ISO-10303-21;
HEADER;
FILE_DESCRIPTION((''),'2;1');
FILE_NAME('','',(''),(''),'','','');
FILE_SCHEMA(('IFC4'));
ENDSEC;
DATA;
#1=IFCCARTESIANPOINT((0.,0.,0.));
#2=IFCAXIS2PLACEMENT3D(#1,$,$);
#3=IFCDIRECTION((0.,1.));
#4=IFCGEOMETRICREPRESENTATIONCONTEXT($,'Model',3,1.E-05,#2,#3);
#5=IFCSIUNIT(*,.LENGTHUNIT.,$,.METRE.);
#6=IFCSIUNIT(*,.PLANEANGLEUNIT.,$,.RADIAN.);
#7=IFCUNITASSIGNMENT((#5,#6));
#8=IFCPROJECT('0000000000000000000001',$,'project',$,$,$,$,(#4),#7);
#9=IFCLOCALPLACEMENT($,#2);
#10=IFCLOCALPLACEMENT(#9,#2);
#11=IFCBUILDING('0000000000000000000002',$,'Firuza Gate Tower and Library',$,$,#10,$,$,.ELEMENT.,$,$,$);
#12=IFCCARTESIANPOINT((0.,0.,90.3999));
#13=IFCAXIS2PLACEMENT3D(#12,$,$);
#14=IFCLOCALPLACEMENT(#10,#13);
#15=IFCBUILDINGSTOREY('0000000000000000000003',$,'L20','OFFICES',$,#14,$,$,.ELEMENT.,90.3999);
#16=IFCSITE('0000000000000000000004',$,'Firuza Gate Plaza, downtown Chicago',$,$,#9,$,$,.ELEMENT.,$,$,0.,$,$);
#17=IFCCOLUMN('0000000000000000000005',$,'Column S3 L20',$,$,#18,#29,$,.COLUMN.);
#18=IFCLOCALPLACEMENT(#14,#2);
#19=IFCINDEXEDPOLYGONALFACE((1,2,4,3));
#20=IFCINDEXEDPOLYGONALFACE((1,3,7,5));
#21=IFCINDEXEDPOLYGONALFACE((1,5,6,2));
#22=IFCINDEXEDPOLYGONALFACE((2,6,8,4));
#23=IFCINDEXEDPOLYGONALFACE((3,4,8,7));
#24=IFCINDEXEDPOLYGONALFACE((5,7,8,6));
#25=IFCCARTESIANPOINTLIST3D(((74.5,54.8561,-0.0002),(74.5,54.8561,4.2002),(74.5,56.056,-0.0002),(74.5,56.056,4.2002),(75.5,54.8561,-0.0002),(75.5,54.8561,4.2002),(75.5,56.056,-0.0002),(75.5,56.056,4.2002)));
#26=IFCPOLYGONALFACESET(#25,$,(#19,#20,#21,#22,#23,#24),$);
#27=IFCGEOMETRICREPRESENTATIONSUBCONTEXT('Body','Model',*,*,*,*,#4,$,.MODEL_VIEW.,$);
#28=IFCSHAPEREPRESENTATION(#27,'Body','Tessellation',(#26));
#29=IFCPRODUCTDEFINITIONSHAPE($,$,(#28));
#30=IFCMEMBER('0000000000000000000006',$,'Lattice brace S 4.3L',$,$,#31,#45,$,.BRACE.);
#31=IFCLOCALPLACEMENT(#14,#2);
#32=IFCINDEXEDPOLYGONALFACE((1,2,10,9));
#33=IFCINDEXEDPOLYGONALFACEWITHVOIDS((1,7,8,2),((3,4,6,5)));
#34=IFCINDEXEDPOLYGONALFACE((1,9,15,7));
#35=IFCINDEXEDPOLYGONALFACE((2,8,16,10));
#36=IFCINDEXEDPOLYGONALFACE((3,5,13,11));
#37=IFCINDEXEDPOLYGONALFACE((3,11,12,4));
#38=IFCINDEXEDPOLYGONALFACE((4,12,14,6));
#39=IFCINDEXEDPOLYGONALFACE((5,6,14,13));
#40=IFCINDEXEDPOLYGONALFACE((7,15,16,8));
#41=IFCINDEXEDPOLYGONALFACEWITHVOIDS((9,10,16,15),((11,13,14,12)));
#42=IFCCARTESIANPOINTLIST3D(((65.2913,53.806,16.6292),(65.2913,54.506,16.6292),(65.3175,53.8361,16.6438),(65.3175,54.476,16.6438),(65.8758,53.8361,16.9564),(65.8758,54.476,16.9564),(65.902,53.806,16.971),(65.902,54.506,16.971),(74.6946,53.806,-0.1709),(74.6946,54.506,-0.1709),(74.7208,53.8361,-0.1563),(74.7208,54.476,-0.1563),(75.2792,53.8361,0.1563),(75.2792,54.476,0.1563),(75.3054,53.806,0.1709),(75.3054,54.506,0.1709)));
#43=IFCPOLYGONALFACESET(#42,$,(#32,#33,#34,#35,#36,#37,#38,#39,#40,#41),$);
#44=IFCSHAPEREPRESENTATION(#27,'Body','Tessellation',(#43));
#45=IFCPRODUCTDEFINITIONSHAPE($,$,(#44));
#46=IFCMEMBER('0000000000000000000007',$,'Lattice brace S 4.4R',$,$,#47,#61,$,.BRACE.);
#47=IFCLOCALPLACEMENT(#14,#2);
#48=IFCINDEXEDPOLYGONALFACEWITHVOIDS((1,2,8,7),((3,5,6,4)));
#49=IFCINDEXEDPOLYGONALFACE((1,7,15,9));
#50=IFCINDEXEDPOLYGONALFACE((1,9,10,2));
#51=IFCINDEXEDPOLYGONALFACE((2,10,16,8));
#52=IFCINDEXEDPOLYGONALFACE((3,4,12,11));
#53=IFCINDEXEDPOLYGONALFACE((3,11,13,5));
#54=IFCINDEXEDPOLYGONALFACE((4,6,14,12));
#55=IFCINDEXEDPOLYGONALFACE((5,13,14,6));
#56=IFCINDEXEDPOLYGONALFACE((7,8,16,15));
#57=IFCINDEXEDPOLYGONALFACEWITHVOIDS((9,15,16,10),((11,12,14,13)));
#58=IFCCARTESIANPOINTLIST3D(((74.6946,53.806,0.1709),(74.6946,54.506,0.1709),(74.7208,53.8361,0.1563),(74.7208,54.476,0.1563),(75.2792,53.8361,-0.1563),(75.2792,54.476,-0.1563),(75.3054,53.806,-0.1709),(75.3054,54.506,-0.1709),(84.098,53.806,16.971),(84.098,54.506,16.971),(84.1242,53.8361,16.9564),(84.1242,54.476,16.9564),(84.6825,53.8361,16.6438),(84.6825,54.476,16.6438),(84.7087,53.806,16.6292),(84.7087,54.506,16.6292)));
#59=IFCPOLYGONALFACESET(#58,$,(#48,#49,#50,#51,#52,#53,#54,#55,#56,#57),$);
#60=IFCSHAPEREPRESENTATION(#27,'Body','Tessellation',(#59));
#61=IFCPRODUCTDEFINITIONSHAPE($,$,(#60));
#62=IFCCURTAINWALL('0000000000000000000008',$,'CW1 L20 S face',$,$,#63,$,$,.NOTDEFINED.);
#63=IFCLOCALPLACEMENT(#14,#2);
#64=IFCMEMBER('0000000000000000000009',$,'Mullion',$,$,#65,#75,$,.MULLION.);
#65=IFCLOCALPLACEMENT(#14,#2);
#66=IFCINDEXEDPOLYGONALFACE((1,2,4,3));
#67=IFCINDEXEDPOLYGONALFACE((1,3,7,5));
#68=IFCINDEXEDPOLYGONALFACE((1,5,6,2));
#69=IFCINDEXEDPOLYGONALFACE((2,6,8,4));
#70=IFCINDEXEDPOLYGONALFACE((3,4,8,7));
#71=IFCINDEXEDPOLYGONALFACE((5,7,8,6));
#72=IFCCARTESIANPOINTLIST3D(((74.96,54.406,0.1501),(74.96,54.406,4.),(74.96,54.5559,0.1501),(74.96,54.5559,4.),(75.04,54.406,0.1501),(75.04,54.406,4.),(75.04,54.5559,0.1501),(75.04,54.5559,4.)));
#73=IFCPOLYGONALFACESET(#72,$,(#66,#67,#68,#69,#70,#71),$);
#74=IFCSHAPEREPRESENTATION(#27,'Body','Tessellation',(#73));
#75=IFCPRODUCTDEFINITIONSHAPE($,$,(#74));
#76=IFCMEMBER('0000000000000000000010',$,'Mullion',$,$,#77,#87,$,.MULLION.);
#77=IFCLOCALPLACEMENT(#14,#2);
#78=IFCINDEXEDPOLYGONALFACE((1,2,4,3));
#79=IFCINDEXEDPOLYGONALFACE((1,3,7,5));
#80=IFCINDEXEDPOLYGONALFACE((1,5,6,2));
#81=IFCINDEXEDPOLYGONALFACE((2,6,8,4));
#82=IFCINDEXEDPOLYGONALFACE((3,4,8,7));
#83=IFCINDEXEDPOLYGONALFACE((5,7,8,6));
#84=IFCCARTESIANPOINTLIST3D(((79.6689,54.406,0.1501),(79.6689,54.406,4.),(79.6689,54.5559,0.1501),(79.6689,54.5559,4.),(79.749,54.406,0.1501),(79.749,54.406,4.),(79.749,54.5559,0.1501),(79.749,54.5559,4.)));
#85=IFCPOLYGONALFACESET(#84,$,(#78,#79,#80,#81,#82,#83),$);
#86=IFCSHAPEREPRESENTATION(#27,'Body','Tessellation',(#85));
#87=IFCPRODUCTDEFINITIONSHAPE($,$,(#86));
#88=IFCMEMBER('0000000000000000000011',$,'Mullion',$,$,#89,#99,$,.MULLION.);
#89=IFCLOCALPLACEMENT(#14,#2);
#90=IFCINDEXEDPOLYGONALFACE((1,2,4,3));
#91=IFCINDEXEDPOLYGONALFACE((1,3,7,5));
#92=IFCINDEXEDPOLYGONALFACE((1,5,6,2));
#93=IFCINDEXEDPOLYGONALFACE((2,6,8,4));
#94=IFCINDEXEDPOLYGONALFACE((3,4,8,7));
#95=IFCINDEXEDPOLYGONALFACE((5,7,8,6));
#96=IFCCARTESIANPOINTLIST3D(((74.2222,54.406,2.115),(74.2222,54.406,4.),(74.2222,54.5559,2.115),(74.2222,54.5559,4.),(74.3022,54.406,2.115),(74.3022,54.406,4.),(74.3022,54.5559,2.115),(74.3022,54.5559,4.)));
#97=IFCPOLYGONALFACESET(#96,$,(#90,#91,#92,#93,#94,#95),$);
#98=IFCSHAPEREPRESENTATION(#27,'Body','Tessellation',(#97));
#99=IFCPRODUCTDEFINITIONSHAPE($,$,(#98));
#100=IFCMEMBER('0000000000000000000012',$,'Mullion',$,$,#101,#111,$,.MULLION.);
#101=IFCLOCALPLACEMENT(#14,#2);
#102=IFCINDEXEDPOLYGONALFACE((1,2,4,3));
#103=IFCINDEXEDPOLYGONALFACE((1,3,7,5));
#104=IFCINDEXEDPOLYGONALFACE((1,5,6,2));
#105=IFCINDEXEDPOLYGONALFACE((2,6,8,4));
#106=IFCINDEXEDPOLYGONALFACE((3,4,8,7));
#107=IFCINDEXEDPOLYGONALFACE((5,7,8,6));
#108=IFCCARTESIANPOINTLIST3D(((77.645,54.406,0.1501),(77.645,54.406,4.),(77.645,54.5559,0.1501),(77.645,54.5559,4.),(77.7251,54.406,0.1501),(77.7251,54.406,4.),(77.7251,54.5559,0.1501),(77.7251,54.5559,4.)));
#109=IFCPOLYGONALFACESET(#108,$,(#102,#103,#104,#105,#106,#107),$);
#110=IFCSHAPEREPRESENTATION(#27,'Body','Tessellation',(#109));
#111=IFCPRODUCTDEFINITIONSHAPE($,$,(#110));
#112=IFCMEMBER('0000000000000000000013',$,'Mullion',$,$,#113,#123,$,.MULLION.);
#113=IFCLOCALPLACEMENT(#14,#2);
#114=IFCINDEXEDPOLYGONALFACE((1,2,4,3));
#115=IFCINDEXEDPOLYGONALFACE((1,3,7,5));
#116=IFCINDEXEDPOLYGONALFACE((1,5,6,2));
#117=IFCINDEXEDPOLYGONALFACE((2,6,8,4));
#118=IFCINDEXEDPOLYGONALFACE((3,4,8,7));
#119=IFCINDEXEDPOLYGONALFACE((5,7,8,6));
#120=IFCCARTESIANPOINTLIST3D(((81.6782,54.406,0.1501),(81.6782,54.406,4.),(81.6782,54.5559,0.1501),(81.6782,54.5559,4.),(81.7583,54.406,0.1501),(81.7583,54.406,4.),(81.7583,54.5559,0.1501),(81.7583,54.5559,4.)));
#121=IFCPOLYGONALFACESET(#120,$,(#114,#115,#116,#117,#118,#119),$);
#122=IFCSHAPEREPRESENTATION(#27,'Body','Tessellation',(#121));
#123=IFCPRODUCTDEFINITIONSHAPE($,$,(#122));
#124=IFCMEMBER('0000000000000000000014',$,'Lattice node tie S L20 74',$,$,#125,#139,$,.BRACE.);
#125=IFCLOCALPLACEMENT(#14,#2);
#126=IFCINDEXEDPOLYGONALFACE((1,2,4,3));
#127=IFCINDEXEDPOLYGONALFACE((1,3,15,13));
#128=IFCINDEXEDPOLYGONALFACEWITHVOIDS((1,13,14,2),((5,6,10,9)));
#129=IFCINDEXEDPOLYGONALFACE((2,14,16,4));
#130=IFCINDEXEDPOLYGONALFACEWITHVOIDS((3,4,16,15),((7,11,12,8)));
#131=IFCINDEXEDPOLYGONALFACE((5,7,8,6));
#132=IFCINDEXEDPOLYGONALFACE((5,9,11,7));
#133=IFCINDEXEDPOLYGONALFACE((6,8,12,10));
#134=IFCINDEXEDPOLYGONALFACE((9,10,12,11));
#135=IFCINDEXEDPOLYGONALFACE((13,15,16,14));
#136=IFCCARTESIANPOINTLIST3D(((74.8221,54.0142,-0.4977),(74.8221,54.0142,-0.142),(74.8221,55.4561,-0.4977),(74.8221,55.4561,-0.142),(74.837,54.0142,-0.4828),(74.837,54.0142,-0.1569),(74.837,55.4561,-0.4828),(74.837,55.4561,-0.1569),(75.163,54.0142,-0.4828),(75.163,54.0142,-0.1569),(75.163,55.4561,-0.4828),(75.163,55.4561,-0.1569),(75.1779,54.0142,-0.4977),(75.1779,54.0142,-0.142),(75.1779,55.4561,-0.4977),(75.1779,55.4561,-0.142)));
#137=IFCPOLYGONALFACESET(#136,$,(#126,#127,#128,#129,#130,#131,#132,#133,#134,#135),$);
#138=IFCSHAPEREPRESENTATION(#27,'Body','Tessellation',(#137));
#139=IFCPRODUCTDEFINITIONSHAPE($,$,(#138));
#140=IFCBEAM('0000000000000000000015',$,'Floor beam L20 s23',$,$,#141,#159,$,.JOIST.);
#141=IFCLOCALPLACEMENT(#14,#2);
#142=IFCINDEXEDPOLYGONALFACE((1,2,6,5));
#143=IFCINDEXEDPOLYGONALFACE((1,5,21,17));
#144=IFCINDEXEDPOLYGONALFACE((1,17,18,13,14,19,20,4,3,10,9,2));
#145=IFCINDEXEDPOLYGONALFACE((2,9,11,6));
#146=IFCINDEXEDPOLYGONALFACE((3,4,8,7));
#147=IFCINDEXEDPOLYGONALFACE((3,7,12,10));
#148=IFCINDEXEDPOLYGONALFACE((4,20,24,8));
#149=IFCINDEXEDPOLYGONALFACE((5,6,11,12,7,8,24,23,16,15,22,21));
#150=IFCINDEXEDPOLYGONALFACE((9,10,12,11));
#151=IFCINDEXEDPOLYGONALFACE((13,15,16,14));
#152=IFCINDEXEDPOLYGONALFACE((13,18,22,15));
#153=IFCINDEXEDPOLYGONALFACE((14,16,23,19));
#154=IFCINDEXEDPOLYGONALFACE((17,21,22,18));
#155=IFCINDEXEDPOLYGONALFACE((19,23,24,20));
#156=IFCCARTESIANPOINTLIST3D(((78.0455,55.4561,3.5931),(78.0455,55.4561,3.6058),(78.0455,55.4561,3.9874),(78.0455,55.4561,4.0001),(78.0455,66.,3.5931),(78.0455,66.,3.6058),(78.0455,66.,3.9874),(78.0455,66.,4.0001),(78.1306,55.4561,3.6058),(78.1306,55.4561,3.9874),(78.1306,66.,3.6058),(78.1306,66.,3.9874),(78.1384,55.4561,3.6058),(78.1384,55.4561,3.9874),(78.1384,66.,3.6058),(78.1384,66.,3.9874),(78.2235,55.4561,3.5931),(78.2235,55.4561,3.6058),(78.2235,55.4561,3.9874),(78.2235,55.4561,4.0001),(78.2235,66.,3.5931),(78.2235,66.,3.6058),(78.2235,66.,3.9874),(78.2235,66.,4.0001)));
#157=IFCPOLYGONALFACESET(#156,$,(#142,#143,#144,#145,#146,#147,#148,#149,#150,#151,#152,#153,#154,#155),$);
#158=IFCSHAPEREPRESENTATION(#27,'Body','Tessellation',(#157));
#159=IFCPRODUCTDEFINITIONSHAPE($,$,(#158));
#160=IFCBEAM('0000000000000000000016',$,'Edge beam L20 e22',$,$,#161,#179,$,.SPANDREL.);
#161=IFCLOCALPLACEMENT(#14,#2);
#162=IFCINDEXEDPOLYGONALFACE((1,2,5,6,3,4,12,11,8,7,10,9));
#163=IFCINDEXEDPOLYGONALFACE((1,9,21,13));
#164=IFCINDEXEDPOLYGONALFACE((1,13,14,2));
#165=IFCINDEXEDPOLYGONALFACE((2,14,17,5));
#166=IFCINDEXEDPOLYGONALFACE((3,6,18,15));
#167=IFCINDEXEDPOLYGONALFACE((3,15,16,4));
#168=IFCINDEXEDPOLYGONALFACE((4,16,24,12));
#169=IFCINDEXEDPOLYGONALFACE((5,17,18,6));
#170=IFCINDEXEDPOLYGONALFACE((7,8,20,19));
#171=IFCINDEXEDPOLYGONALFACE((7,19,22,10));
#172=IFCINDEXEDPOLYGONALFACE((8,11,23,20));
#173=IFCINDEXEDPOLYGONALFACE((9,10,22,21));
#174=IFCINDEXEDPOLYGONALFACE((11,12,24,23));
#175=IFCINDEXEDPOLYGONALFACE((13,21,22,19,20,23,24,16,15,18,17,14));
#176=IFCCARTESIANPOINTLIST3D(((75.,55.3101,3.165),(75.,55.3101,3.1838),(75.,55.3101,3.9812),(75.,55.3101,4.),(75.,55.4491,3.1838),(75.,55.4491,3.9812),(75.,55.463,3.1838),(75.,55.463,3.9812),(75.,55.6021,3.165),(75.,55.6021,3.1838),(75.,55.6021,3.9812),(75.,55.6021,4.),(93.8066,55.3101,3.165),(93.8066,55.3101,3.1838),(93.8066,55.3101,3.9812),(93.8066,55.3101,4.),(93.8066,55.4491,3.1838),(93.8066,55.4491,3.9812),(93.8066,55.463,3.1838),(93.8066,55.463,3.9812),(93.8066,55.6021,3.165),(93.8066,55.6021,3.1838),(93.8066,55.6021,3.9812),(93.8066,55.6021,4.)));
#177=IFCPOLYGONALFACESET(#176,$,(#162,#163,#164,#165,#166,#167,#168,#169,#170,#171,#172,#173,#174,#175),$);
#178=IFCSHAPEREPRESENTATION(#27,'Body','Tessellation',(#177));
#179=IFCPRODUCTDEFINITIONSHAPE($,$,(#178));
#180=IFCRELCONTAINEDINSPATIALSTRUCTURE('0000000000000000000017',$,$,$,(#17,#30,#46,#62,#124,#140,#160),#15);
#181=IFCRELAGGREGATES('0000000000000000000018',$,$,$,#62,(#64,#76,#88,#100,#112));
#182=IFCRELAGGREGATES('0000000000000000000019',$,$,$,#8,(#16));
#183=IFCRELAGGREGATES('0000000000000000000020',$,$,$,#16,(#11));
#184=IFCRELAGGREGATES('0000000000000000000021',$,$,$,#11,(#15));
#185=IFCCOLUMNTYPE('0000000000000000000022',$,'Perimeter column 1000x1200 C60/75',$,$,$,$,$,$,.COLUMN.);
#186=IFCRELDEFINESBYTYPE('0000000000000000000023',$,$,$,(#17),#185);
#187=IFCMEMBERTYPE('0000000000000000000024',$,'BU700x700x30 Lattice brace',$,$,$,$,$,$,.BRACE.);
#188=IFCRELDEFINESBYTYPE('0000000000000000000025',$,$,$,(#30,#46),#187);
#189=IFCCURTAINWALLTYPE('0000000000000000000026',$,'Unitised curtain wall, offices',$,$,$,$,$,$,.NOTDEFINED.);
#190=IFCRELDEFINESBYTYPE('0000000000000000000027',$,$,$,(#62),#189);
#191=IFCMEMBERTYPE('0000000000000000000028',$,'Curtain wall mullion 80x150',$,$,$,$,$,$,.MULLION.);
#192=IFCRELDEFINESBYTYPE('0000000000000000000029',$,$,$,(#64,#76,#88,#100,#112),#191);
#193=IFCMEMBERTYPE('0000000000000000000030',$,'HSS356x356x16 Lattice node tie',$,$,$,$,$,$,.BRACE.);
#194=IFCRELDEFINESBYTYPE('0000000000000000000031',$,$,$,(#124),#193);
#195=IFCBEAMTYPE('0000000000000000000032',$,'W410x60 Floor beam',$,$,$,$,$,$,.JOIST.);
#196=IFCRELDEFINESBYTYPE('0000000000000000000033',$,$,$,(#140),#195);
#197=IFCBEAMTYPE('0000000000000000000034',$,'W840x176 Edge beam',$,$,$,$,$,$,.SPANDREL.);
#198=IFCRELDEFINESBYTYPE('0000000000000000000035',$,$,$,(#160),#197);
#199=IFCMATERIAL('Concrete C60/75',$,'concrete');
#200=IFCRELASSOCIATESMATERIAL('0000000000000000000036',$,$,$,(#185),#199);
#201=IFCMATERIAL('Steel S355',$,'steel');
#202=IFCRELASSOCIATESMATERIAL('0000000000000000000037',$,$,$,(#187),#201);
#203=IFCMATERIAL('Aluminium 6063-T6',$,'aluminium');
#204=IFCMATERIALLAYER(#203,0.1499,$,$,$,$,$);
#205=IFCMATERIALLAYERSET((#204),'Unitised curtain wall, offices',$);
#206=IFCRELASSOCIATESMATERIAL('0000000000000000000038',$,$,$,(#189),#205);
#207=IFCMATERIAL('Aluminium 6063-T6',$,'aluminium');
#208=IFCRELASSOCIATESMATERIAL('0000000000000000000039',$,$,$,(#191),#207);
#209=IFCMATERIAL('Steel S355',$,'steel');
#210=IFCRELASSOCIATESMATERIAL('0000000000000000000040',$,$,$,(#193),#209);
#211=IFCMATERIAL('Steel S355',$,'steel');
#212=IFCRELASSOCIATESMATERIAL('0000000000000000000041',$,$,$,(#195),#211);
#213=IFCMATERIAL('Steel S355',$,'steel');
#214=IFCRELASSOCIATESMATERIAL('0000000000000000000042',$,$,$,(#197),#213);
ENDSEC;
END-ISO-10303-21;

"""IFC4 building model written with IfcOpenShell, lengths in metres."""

from ifc_helpers import new_model, si_unit, direction, frame, origin, origin_2d, place, context, subcontext, project, spatial, rectangle, hollow_rectangle, i_section, extrude, material, layer, layer_set, material_profile, profile_set, type_object, element, aggregate, save


model = new_model("IFC4")

# Units and contexts
model_context = context("Model", 3, precision=1e-05, world=origin(), true_north=direction((0.0, 1.0)))
body_context = subcontext(model_context, "Body", "Model", "MODEL_VIEW")
ifc_project = project(units=[si_unit("LENGTHUNIT", "METRE"), si_unit("PLANEANGLEUNIT", "RADIAN")], contexts=[model_context])

# Site, building, storey
site_placement = place(None, origin())
site = spatial("IfcSite", under=ifc_project, at=site_placement, Name="Firuza Gate Plaza, downtown Chicago", CompositionType="ELEMENT", RefElevation=0.0)
building_placement = place(site_placement, origin())
building = spatial("IfcBuilding", under=site, at=building_placement, Name="Firuza Gate Tower and Library", CompositionType="ELEMENT")
storey_placement = place(building_placement, frame((0.0, 0.0, 90.3999)))
storey = spatial("IfcBuildingStorey", under=building, at=storey_placement, Name="L20", Description="OFFICES", CompositionType="ELEMENT", Elevation=90.3999)

# Column
ifc_material_1 = material(Name="Concrete C60/75", Category="concrete")
ifc_material_profile_1 = material_profile(ifc_material_1, rectangle(XDim=1.0, YDim=1.2, at=origin_2d()))
ifc_profile_set_1 = profile_set([ifc_material_profile_1], Name="Concrete C60/75")
column_type = type_object("IfcColumnType", Name="Perimeter column 1000x1200 C60/75", PredefinedType="COLUMN", material=ifc_profile_set_1)
column_placement = place(storey_placement, frame((75.0, 55.4561, -0.0002), z_axis=(0.0, 0.0, 1.0), x_axis=(1.0, 0.0, 0.0)))
element("IfcColumn", 1, at=column_placement, inside=storey, type_object=column_type, Name="Column S3 L20", PredefinedType="COLUMN", context=body_context, shape_type="SweptSolid", body=[
    extrude(rectangle(XDim=1.0, YDim=1.2, at=origin_2d()), origin(), (0.0, 0.0, 1.0), 4.2004),
])

# Members
ifc_material_2 = material(Name="Steel S355", Category="steel")
ifc_material_profile_2 = material_profile(ifc_material_2, hollow_rectangle(XDim=0.7, YDim=0.7, WallThickness=0.03, at=origin_2d()))
ifc_profile_set_2 = profile_set([ifc_material_profile_2], Name="Steel S355")
member_type_1 = type_object("IfcMemberType", Name="BU700x700x30 Lattice brace", PredefinedType="BRACE", material=ifc_profile_set_2)
for number, where, z_axis, x_axis, name in (
    (2, (75.0, 54.156, 0.0), (-0.488417, 0.0, 0.87261), (0.0, -1.0, 0.0), "Lattice brace S 4.3L"),
    (3, (75.0, 54.156, 0.0), (0.488417, 0.0, 0.87261), (0.0, 1.0, 0.0), "Lattice brace S 4.4R"),
):
    element("IfcMember", number, at=place(storey_placement, frame(where, z_axis=z_axis, x_axis=x_axis)), inside=storey, type_object=member_type_1, Name=name, PredefinedType="BRACE", context=body_context, shape_type="SweptSolid", body=[
        extrude(hollow_rectangle(XDim=0.7, YDim=0.7, WallThickness=0.03, at=origin_2d()), origin(), (0.0, 0.0, 1.0), 19.2527),
    ])

# Curtain wall, members
ifc_material_3 = material(Name="Aluminium 6063-T6", Category="aluminium")
ifc_layer_1 = layer(ifc_material_3, 0.1499)
ifc_layer_set_1 = layer_set([ifc_layer_1], Name="Unitised curtain wall, offices")
curtain_wall_type = type_object("IfcCurtainWallType", Name="Unitised curtain wall, offices", PredefinedType="NOTDEFINED", material=ifc_layer_set_1)
curtain_wall_placement = place(storey_placement, origin())
curtain_wall = element("IfcCurtainWall", 4, at=curtain_wall_placement, inside=storey, type_object=curtain_wall_type, Name="CW1 L20 S face", PredefinedType="NOTDEFINED")
ifc_material_4 = material(Name="Aluminium 6063-T6", Category="aluminium")
ifc_material_profile_3 = material_profile(ifc_material_4, rectangle(XDim=0.1499, YDim=0.0801, at=origin_2d()))
ifc_profile_set_3 = profile_set([ifc_material_profile_3], Name="Aluminium 6063-T6")
member_type_2 = type_object("IfcMemberType", Name="Curtain wall mullion 80x150", PredefinedType="MULLION", material=ifc_profile_set_3)
member_1_placement = place(storey_placement, frame((75.0, 54.481, 0.1501), z_axis=(0.0, 0.0, 1.0), x_axis=(0.0, 1.0, 0.0)))
member_1 = element("IfcMember", 5, at=member_1_placement, type_object=member_type_2, Name="Mullion", PredefinedType="MULLION", context=body_context, shape_type="SweptSolid", body=[
    extrude(rectangle(XDim=0.1499, YDim=0.0801, at=origin_2d()), origin(), (0.0, 0.0, 1.0), 3.8499),
])
member_2_placement = place(storey_placement, frame((79.709, 54.481, 0.1501), z_axis=(0.0, 0.0, 1.0), x_axis=(0.0, 1.0, 0.0)))
member_2 = element("IfcMember", 6, at=member_2_placement, type_object=member_type_2, Name="Mullion", PredefinedType="MULLION", context=body_context, shape_type="SweptSolid", body=[
    extrude(rectangle(XDim=0.1499, YDim=0.0801, at=origin_2d()), origin(), (0.0, 0.0, 1.0), 3.8499),
])
member_3_placement = place(storey_placement, frame((74.2622, 54.481, 2.115), z_axis=(0.0, 0.0, 1.0), x_axis=(0.0, 1.0, 0.0)))
member_3 = element("IfcMember", 7, at=member_3_placement, type_object=member_type_2, Name="Mullion", PredefinedType="MULLION", context=body_context, shape_type="SweptSolid", body=[
    extrude(rectangle(XDim=0.1499, YDim=0.0801, at=origin_2d()), origin(), (0.0, 0.0, 1.0), 1.885),
])
member_4_placement = place(storey_placement, frame((77.6851, 54.481, 0.1501), z_axis=(0.0, 0.0, 1.0), x_axis=(0.0, 1.0, 0.0)))
member_4 = element("IfcMember", 8, at=member_4_placement, type_object=member_type_2, Name="Mullion", PredefinedType="MULLION", context=body_context, shape_type="SweptSolid", body=[
    extrude(rectangle(XDim=0.1499, YDim=0.0801, at=origin_2d()), origin(), (0.0, 0.0, 1.0), 3.8499),
])
member_5_placement = place(storey_placement, frame((81.7183, 54.481, 0.1501), z_axis=(0.0, 0.0, 1.0), x_axis=(0.0, 1.0, 0.0)))
member_5 = element("IfcMember", 9, at=member_5_placement, type_object=member_type_2, Name="Mullion", PredefinedType="MULLION", context=body_context, shape_type="SweptSolid", body=[
    extrude(rectangle(XDim=0.1499, YDim=0.0801, at=origin_2d()), origin(), (0.0, 0.0, 1.0), 3.8499),
])

# Member
ifc_material_5 = material(Name="Steel S355", Category="steel")
ifc_material_profile_4 = material_profile(ifc_material_5, hollow_rectangle(XDim=0.3557, YDim=0.3557, WallThickness=0.0149, at=origin_2d()))
ifc_profile_set_4 = profile_set([ifc_material_profile_4], Name="Steel S355")
member_type_3 = type_object("IfcMemberType", Name="HSS356x356x16 Lattice node tie", PredefinedType="BRACE", material=ifc_profile_set_4)
member_6_placement = place(storey_placement, frame((75.0, 55.4561, -0.3198), z_axis=(0.0, -1.0, 0.0), x_axis=(1.0, 0.0, 0.0)))
element("IfcMember", 10, at=member_6_placement, inside=storey, type_object=member_type_3, Name="Lattice node tie S L20 74", PredefinedType="BRACE", context=body_context, shape_type="SweptSolid", body=[
    extrude(hollow_rectangle(XDim=0.3557, YDim=0.3557, WallThickness=0.0149, at=origin_2d()), origin(), (0.0, 0.0, 1.0), 1.4419),
])

# Beams
ifc_material_6 = material(Name="Steel S355", Category="steel")
ifc_material_profile_5 = material_profile(ifc_material_6, i_section(OverallWidth=0.178, OverallDepth=0.407, WebThickness=0.0078, FlangeThickness=0.0127, at=origin_2d()))
ifc_profile_set_5 = profile_set([ifc_material_profile_5], Name="Steel S355")
beam_type_1 = type_object("IfcBeamType", Name="W410x60 Floor beam", PredefinedType="JOIST", material=ifc_profile_set_5)
beam_1_placement = place(storey_placement, frame((78.1345, 55.4561, 3.7966), z_axis=(0.0, 1.0, 0.0), x_axis=(-1.0, 0.0, 0.0)))
element("IfcBeam", 11, at=beam_1_placement, inside=storey, type_object=beam_type_1, Name="Floor beam L20 s23", PredefinedType="JOIST", context=body_context, shape_type="SweptSolid", body=[
    extrude(i_section(OverallWidth=0.178, OverallDepth=0.407, WebThickness=0.0078, FlangeThickness=0.0127, at=origin_2d()), origin(), (0.0, 0.0, 1.0), 10.5439),
])
ifc_material_7 = material(Name="Steel S355", Category="steel")
ifc_material_profile_6 = material_profile(ifc_material_7, i_section(OverallWidth=0.292, OverallDepth=0.835, WebThickness=0.0139, FlangeThickness=0.0188, at=origin_2d()))
ifc_profile_set_6 = profile_set([ifc_material_profile_6], Name="Steel S355")
beam_type_2 = type_object("IfcBeamType", Name="W840x176 Edge beam", PredefinedType="SPANDREL", material=ifc_profile_set_6)
beam_2_placement = place(storey_placement, frame((75.0, 55.4561, 3.5825), z_axis=(1.0, 0.0, 0.0), x_axis=(0.0, 1.0, 0.0)))
element("IfcBeam", 12, at=beam_2_placement, inside=storey, type_object=beam_type_2, Name="Edge beam L20 e22", PredefinedType="SPANDREL", context=body_context, shape_type="SweptSolid", body=[
    extrude(i_section(OverallWidth=0.292, OverallDepth=0.835, WebThickness=0.0139, FlangeThickness=0.0188, at=origin_2d()), origin(), (0.0, 0.0, 1.0), 18.8066),
])

aggregate(curtain_wall, [member_1, member_2, member_3, member_4, member_5])

save(model, "model.ifc")
